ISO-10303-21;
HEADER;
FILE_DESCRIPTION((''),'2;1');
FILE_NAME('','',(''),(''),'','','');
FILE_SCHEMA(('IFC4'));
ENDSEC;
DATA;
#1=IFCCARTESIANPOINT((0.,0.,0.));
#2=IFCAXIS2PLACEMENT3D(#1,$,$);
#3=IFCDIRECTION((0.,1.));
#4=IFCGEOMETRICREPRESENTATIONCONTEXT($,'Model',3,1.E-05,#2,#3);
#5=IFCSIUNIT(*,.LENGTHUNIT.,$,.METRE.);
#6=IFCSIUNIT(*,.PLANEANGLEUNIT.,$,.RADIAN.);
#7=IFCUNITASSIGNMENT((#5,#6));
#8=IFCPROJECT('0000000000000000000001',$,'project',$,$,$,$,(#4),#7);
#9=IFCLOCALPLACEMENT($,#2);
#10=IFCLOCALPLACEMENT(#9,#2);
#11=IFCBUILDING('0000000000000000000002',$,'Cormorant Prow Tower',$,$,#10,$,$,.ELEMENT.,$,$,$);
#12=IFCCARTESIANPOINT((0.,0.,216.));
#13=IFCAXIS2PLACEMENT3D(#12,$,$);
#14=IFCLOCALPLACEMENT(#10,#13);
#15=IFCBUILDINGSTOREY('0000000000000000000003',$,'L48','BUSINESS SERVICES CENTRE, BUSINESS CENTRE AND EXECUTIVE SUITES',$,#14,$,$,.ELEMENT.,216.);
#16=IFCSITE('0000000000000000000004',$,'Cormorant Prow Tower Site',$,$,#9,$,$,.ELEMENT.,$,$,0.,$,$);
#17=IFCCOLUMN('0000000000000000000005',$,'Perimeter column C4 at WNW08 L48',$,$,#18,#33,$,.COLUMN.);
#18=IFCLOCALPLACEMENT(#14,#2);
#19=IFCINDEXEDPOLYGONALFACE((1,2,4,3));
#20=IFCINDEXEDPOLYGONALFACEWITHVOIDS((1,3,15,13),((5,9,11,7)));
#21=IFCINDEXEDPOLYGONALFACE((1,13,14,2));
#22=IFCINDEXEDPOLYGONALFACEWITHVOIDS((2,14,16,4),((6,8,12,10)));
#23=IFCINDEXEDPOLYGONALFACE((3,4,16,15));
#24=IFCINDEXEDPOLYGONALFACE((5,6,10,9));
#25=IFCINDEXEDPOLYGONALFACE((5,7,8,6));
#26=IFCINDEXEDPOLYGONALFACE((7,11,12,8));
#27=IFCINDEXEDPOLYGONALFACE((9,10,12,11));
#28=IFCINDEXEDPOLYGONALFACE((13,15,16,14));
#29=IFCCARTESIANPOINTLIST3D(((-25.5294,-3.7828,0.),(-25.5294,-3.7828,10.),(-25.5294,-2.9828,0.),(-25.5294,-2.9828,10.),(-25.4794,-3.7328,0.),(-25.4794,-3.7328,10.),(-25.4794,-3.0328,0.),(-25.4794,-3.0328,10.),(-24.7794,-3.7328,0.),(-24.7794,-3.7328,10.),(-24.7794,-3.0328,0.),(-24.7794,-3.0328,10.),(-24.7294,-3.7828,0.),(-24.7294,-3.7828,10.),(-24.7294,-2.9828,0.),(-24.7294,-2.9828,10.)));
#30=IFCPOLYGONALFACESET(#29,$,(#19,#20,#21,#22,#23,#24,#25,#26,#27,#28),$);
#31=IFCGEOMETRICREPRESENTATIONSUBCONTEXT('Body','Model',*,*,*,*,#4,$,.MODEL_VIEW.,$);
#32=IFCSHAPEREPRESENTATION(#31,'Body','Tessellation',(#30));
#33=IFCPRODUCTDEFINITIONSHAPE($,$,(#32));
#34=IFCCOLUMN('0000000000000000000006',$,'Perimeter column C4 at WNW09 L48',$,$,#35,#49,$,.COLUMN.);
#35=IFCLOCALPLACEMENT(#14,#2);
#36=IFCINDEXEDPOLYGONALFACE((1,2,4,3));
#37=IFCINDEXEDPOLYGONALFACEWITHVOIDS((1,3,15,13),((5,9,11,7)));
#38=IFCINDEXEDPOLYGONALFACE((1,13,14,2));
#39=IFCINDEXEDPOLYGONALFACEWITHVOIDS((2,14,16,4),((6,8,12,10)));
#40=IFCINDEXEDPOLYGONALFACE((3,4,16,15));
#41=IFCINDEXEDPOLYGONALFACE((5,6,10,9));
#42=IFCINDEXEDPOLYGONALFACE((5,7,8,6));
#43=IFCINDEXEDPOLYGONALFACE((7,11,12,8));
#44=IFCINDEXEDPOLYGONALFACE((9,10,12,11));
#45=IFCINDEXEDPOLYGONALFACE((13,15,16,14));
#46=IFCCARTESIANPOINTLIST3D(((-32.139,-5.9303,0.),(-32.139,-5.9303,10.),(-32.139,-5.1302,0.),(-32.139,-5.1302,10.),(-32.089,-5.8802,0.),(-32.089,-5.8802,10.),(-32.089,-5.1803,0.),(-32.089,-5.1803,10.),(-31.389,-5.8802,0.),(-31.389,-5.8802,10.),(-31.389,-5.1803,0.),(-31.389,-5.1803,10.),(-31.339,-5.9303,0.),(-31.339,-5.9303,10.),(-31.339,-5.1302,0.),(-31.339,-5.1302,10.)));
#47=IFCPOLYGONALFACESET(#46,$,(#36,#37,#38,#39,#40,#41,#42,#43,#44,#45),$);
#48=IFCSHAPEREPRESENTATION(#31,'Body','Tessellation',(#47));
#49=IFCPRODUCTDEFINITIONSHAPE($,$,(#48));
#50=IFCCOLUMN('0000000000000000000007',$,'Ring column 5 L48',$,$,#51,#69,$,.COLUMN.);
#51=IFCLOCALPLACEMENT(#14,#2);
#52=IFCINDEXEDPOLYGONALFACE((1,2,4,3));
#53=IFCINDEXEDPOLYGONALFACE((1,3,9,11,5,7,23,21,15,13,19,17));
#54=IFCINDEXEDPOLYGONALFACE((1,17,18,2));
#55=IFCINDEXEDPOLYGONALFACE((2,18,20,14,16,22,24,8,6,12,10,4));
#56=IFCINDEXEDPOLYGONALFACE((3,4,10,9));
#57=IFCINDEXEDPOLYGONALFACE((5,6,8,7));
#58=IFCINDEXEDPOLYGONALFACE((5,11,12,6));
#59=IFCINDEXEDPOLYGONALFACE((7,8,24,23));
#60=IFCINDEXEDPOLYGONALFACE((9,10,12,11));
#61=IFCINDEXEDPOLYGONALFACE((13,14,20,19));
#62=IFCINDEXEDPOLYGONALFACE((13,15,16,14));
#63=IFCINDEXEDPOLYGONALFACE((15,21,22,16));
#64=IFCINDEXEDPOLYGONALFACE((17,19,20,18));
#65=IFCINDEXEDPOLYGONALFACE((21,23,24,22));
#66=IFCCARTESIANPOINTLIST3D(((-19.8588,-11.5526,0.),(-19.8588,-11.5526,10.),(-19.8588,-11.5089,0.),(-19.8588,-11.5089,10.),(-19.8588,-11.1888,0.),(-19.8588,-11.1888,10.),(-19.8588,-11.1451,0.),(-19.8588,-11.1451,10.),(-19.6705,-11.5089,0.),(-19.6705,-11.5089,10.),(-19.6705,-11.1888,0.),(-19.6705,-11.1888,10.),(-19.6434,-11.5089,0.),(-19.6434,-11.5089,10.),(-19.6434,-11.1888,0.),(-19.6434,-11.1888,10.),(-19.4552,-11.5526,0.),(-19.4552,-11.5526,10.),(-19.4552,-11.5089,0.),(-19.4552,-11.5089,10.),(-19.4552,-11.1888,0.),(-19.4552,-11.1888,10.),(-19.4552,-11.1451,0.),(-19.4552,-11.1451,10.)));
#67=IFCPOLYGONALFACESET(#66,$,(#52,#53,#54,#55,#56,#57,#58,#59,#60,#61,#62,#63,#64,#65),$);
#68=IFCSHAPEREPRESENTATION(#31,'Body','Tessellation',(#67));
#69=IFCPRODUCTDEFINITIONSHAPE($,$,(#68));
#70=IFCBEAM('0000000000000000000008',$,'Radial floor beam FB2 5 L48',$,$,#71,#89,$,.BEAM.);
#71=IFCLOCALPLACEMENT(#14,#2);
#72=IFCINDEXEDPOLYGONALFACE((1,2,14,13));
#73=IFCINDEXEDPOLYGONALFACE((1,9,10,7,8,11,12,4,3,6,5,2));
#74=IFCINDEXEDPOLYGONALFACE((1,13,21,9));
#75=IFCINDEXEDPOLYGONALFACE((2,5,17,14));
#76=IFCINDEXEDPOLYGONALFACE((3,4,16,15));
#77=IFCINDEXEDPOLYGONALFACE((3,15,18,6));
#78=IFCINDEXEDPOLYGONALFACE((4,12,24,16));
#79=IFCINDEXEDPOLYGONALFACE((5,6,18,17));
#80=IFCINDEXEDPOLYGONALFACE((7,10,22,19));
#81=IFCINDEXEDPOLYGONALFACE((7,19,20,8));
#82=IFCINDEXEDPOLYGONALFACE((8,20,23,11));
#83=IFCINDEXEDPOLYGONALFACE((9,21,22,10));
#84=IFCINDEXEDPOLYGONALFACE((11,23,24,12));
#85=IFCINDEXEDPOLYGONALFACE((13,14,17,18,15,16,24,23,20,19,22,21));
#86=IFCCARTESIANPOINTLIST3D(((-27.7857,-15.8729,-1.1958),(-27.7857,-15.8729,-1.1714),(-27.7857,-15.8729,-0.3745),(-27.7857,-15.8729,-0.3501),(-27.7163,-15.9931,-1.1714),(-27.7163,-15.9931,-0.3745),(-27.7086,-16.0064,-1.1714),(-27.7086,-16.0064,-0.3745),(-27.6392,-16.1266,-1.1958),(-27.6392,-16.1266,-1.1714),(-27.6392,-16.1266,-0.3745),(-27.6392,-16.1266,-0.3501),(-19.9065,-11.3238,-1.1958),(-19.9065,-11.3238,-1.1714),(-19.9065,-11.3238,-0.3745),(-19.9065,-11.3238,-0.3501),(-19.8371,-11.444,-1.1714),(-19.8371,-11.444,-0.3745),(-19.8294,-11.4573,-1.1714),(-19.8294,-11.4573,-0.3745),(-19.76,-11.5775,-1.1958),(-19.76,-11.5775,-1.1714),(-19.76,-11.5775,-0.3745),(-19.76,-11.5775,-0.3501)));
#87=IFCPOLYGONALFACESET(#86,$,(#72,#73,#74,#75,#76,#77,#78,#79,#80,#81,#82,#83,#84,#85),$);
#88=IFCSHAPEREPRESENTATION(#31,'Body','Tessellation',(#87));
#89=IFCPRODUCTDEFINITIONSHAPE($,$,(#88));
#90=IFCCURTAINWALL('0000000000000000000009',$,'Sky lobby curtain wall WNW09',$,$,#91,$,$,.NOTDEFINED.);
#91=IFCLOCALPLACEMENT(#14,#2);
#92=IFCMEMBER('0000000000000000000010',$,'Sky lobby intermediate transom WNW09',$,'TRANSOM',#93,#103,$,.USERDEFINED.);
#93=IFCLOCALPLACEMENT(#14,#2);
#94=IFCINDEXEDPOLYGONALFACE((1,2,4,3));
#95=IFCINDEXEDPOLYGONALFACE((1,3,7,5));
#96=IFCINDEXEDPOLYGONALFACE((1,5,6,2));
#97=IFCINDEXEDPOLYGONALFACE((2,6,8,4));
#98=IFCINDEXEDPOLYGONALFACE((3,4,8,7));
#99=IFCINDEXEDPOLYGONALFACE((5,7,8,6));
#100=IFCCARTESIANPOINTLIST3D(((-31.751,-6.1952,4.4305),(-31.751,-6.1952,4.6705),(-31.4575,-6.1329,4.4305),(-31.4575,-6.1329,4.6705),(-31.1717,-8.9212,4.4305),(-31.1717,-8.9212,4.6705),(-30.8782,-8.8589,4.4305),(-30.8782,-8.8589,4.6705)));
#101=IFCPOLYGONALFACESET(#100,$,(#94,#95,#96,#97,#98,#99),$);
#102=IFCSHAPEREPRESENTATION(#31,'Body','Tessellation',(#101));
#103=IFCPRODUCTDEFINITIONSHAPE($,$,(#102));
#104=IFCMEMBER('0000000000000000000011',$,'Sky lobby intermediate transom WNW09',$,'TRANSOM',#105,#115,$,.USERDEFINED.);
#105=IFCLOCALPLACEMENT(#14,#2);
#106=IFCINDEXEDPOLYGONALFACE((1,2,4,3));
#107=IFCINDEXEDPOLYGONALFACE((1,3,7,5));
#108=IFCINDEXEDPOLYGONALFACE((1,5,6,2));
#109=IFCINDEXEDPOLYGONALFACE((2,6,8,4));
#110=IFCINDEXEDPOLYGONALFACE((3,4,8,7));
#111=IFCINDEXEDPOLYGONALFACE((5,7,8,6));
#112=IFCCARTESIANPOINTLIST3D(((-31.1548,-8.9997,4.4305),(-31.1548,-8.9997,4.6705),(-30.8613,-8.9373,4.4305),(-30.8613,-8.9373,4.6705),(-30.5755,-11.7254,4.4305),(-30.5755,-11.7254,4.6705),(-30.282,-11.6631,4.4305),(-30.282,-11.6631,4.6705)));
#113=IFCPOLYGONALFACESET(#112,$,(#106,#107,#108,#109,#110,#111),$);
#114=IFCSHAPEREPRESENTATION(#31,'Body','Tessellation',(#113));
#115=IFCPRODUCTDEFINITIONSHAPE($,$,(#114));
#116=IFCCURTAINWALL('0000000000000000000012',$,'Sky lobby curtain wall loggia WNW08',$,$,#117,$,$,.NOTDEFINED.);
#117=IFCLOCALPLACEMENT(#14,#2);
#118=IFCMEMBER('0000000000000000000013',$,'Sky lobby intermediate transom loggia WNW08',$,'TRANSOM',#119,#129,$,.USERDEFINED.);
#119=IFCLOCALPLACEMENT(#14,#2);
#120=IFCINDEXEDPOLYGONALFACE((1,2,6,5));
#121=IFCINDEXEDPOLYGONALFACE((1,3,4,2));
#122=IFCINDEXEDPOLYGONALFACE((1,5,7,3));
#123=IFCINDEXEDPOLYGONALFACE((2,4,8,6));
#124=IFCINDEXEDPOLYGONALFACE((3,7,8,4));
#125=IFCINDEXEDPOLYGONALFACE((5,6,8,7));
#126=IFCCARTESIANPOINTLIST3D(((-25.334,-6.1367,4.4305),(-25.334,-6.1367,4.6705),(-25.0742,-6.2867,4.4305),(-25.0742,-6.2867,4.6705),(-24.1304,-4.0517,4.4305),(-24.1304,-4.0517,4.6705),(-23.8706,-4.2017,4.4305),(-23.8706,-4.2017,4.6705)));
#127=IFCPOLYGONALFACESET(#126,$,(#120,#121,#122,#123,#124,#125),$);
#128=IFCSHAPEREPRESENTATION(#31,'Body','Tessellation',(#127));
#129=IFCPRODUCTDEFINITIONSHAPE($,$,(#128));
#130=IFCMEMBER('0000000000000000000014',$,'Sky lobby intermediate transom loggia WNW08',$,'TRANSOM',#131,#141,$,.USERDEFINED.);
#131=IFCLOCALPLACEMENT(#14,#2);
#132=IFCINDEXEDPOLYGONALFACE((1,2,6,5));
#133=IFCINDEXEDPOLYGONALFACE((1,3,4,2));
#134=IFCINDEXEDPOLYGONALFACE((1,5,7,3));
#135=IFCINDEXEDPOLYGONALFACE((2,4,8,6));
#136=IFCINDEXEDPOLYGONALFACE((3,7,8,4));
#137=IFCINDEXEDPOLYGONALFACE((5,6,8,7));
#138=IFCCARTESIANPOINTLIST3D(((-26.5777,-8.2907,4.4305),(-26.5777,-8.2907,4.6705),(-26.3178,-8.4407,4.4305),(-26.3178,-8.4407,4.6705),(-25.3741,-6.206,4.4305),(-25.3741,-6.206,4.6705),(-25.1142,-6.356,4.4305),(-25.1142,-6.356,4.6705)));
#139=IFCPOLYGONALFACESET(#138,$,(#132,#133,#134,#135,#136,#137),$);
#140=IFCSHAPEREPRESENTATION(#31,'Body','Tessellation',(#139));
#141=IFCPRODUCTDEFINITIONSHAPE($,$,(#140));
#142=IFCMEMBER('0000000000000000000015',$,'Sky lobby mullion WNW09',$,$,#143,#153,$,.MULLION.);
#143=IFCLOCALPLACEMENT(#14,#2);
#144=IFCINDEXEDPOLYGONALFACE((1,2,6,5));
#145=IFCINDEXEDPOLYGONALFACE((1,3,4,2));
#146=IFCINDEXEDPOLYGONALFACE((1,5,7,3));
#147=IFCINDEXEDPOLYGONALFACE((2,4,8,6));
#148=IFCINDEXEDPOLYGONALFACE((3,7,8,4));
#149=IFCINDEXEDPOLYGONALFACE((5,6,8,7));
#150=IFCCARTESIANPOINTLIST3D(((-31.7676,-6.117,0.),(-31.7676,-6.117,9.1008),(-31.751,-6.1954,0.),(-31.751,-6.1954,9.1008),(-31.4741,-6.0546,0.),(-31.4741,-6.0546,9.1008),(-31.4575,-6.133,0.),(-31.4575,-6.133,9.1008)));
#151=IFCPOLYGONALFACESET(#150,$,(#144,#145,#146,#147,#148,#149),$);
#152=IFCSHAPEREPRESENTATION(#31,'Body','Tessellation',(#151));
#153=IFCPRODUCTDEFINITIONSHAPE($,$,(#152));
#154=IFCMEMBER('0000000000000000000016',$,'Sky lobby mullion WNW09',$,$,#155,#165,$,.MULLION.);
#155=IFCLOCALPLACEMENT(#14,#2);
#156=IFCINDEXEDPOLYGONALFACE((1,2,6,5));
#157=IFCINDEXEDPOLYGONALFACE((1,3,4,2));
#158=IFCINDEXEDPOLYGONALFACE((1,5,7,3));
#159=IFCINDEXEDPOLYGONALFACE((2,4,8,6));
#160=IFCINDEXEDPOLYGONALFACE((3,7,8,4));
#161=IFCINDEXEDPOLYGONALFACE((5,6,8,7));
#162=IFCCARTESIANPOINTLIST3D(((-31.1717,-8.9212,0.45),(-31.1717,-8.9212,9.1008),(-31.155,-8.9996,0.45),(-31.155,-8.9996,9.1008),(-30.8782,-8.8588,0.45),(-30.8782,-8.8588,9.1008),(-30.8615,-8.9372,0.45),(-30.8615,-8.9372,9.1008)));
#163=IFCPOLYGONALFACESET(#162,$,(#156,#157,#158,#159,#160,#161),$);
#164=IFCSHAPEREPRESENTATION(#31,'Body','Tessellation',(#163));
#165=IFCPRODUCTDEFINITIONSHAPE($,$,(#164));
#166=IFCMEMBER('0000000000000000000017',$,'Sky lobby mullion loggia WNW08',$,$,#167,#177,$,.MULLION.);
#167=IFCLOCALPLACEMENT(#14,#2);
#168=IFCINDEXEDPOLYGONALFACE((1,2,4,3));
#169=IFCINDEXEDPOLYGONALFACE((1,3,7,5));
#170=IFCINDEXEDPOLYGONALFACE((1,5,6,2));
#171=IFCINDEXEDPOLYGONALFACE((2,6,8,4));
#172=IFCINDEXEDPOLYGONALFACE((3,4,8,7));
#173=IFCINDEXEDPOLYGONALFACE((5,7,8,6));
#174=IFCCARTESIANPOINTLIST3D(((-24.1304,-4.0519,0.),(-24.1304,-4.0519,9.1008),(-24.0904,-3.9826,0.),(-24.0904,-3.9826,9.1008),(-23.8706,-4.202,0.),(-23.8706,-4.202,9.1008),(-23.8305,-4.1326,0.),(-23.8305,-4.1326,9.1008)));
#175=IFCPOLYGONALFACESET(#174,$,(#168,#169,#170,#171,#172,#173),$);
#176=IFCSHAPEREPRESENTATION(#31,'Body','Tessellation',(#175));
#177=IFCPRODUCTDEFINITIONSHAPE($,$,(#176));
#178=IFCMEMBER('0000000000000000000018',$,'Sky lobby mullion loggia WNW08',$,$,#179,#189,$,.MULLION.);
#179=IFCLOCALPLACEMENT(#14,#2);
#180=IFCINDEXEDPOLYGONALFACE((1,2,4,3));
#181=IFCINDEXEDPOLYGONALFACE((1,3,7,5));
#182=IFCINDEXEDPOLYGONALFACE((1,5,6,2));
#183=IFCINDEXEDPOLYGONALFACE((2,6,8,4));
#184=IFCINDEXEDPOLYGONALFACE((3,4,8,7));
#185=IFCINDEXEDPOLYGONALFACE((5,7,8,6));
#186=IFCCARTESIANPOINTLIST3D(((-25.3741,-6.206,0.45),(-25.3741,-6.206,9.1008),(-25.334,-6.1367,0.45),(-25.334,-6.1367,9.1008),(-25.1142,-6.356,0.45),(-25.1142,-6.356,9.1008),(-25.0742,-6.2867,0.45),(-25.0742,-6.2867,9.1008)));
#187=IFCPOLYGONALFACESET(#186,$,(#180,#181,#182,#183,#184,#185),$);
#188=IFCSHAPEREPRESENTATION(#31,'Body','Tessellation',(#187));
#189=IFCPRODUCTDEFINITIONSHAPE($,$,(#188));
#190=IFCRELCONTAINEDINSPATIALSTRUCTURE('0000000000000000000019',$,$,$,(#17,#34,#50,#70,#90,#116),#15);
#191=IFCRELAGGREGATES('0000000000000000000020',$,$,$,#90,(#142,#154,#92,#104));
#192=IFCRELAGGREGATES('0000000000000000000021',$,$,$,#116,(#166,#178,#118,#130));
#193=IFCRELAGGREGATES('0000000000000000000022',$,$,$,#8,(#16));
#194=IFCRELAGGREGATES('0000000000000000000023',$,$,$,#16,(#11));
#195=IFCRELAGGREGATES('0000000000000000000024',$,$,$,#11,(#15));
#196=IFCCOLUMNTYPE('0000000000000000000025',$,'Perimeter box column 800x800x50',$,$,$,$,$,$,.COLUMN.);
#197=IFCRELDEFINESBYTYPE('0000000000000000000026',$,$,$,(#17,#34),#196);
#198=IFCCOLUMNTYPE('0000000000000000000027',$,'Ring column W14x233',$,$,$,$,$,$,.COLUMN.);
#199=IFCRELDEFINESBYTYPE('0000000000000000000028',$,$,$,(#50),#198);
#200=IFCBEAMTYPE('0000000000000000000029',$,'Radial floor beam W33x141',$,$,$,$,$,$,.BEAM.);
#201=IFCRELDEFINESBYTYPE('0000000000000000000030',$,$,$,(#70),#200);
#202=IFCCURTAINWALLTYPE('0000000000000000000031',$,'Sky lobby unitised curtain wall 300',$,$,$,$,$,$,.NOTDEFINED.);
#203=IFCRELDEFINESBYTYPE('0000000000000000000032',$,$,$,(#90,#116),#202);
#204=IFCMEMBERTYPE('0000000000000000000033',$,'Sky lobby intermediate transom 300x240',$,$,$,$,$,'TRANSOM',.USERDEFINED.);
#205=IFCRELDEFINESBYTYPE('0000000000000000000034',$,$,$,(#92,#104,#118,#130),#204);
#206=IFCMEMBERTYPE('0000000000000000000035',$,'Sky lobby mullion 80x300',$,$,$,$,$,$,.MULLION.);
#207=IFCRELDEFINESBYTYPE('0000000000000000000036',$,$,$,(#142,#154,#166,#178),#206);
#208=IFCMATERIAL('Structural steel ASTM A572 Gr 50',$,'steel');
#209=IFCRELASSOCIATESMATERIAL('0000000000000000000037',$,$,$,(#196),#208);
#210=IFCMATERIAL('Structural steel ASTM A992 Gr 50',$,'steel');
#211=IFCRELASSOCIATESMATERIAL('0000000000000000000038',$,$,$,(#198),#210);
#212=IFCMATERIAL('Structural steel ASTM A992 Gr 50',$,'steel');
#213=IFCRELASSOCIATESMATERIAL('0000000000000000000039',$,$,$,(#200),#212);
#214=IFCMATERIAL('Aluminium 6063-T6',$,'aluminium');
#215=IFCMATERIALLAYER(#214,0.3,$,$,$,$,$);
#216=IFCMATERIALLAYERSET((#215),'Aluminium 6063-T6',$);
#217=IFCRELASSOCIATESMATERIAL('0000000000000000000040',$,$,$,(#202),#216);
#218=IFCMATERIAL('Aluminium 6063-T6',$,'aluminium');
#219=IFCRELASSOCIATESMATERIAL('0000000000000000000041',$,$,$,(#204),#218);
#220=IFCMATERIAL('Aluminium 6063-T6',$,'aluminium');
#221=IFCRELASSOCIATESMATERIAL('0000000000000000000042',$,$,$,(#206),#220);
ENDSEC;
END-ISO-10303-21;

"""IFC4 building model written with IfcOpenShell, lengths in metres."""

from ifc_helpers import new_model, si_unit, direction, frame, origin, origin_2d, place, context, subcontext, project, spatial, rectangle, hollow_rectangle, i_section, extrude, material, layer, layer_set, material_profile, profile_set, type_object, element, aggregate, save


model = new_model("IFC4")

# Units and contexts
model_context = context("Model", 3, precision=1e-05, world=origin(), true_north=direction((0.0, 1.0)))
body_context = subcontext(model_context, "Body", "Model", "MODEL_VIEW")
ifc_project = project(units=[si_unit("LENGTHUNIT", "METRE"), si_unit("PLANEANGLEUNIT", "RADIAN")], contexts=[model_context])

# Site, building, storey
site_placement = place(None, origin())
site = spatial("IfcSite", under=ifc_project, at=site_placement, Name="Cormorant Prow Tower Site", CompositionType="ELEMENT", RefElevation=0.0)
building_placement = place(site_placement, origin())
building = spatial("IfcBuilding", under=site, at=building_placement, Name="Cormorant Prow Tower", CompositionType="ELEMENT")
storey_placement = place(building_placement, frame((0.0, 0.0, 216.0)))
storey = spatial("IfcBuildingStorey", under=building, at=storey_placement, Name="L48", Description="BUSINESS SERVICES CENTRE, BUSINESS CENTRE AND EXECUTIVE SUITES", CompositionType="ELEMENT", Elevation=216.0)

# Columns
ifc_material_1 = material(Name="Structural steel ASTM A572 Gr 50", Category="steel")
ifc_material_profile_1 = material_profile(ifc_material_1, hollow_rectangle(XDim=0.8, YDim=0.8, WallThickness=0.05, at=origin_2d()), Name="Box 800x800x50")
ifc_profile_set_1 = profile_set([ifc_material_profile_1], Name="Structural steel ASTM A572 Gr 50")
column_type_1 = type_object("IfcColumnType", Name="Perimeter box column 800x800x50", PredefinedType="COLUMN", material=ifc_profile_set_1)
for number, where, z_axis, x_axis, name in (
    (1, (-25.1294, -3.3828, 0.0), (0.0, 0.0, 1.0), (1.0, 0.0, 0.0), "Perimeter column C4 at WNW08 L48"),
    (2, (-31.739, -5.5303, 0.0), (0.0, 0.0, 1.0), (1.0, 0.0, 0.0), "Perimeter column C4 at WNW09 L48"),
):
    element("IfcColumn", number, at=place(storey_placement, frame(where, z_axis=z_axis, x_axis=x_axis)), inside=storey, type_object=column_type_1, Name=name, PredefinedType="COLUMN", context=body_context, shape_type="SweptSolid", body=[
        extrude(hollow_rectangle(XDim=0.8, YDim=0.8, WallThickness=0.05, at=origin_2d()), origin(), (0.0, 0.0, 1.0), 10.0),
    ])
ifc_material_2 = material(Name="Structural steel ASTM A992 Gr 50", Category="steel")
ifc_material_profile_2 = material_profile(ifc_material_2, i_section(OverallWidth=0.4036, OverallDepth=0.4075, WebThickness=0.0271, FlangeThickness=0.0437, at=origin_2d()), Name="W14x233")
ifc_profile_set_2 = profile_set([ifc_material_profile_2], Name="Structural steel ASTM A992 Gr 50")
column_type_2 = type_object("IfcColumnType", Name="Ring column W14x233", PredefinedType="COLUMN", material=ifc_profile_set_2)
column_placement = place(storey_placement, frame((-19.657, -11.3489, 0.0), z_axis=(0.0, 0.0, 1.0), x_axis=(1.0, 0.0, 0.0)))
element("IfcColumn", 3, at=column_placement, inside=storey, type_object=column_type_2, Name="Ring column 5 L48", PredefinedType="COLUMN", context=body_context, shape_type="SweptSolid", body=[
    extrude(i_section(OverallWidth=0.4036, OverallDepth=0.4075, WebThickness=0.0271, FlangeThickness=0.0437, at=origin_2d()), origin(), (0.0, 0.0, 1.0), 10.0),
])

# Beam
ifc_material_3 = material(Name="Structural steel ASTM A992 Gr 50", Category="steel")
ifc_material_profile_3 = material_profile(ifc_material_3, i_section(OverallWidth=0.293, OverallDepth=0.8457, WebThickness=0.0154, FlangeThickness=0.0244, at=origin_2d()), Name="W33x141")
ifc_profile_set_3 = profile_set([ifc_material_profile_3], Name="Structural steel ASTM A992 Gr 50")
beam_type_1 = type_object("IfcBeamType", Name="Radial floor beam W33x141", PredefinedType="BEAM", material=ifc_profile_set_3)
beam_1_placement = place(storey_placement, frame((-19.8333, -11.4507, -0.7729), z_axis=(-0.866023, -0.500004, 0.0), x_axis=(0.500004, -0.866023, 0.0)))
element("IfcBeam", 4, at=beam_1_placement, inside=storey, type_object=beam_type_1, Name="Radial floor beam FB2 5 L48", PredefinedType="BEAM", context=body_context, shape_type="SweptSolid", body=[
    extrude(i_section(OverallWidth=0.293, OverallDepth=0.8457, WebThickness=0.0154, FlangeThickness=0.0244, at=origin_2d()), origin(), (0.0, 0.0, 1.0), 9.0981),
])

# Curtain walls, members
ifc_material_4 = material(Name="Aluminium 6063-T6", Category="aluminium")
ifc_layer_1 = layer(ifc_material_4, 0.3)
ifc_layer_set_1 = layer_set([ifc_layer_1], Name="Aluminium 6063-T6")
curtain_wall_type = type_object("IfcCurtainWallType", Name="Sky lobby unitised curtain wall 300", PredefinedType="NOTDEFINED", material=ifc_layer_set_1)
curtain_wall_1_placement = place(storey_placement, origin())
curtain_wall_1 = element("IfcCurtainWall", 5, at=curtain_wall_1_placement, inside=storey, type_object=curtain_wall_type, Name="Sky lobby curtain wall WNW09", PredefinedType="NOTDEFINED")
ifc_material_5 = material(Name="Aluminium 6063-T6", Category="aluminium")
ifc_material_profile_4 = material_profile(ifc_material_5, rectangle(XDim=0.3, YDim=0.24, at=origin_2d()), Name="Sky lobby intermediate transom 300x240")
ifc_profile_set_4 = profile_set([ifc_material_profile_4], Name="Aluminium 6063-T6")
member_type_1 = type_object("IfcMemberType", Name="Sky lobby intermediate transom 300x240", ElementType="TRANSOM", PredefinedType="USERDEFINED", material=ifc_profile_set_4)
member_1_placement = place(storey_placement, frame((-31.6042, -6.1641, 4.5505), z_axis=(0.207878, -0.978155, 0.0), x_axis=(0.978155, 0.207878, 0.0)))
member_1 = element("IfcMember", 6, at=member_1_placement, type_object=member_type_1, Name="Sky lobby intermediate transom WNW09", ObjectType="TRANSOM", PredefinedType="USERDEFINED", context=body_context, shape_type="SweptSolid", body=[
    extrude(rectangle(XDim=0.3, YDim=0.24, at=origin_2d()), origin(), (0.0, 0.0, 1.0), 2.7869),
])
member_2_placement = place(storey_placement, frame((-31.0081, -8.9685, 4.5505), z_axis=(0.207895, -0.978151, 0.0), x_axis=(0.978151, 0.207895, 0.0)))
member_2 = element("IfcMember", 7, at=member_2_placement, type_object=member_type_1, Name="Sky lobby intermediate transom WNW09", ObjectType="TRANSOM", PredefinedType="USERDEFINED", context=body_context, shape_type="SweptSolid", body=[
    extrude(rectangle(XDim=0.3, YDim=0.24, at=origin_2d()), origin(), (0.0, 0.0, 1.0), 2.7866),
])
curtain_wall_2_placement = place(storey_placement, origin())
curtain_wall_2 = element("IfcCurtainWall", 8, at=curtain_wall_2_placement, inside=storey, type_object=curtain_wall_type, Name="Sky lobby curtain wall loggia WNW08", PredefinedType="NOTDEFINED")
member_3_placement = place(storey_placement, frame((-24.0005, -4.1267, 4.5505), z_axis=(-0.499957, -0.86605, 0.0), x_axis=(0.86605, -0.499957, 0.0)))
member_3 = element("IfcMember", 9, at=member_3_placement, type_object=member_type_1, Name="Sky lobby intermediate transom loggia WNW08", ObjectType="TRANSOM", PredefinedType="USERDEFINED", context=body_context, shape_type="SweptSolid", body=[
    extrude(rectangle(XDim=0.3, YDim=0.24, at=origin_2d()), origin(), (0.0, 0.0, 1.0), 2.4075),
])
member_4_placement = place(storey_placement, frame((-25.2441, -6.281, 4.5505), z_axis=(-0.5, -0.866025, 0.0), x_axis=(0.866025, -0.5, 0.0)))
member_4 = element("IfcMember", 10, at=member_4_placement, type_object=member_type_1, Name="Sky lobby intermediate transom loggia WNW08", ObjectType="TRANSOM", PredefinedType="USERDEFINED", context=body_context, shape_type="SweptSolid", body=[
    extrude(rectangle(XDim=0.3, YDim=0.24, at=origin_2d()), origin(), (0.0, 0.0, 1.0), 2.4072),
])

# Members
ifc_material_6 = material(Name="Aluminium 6063-T6", Category="aluminium")
ifc_material_profile_5 = material_profile(ifc_material_6, rectangle(XDim=0.3, YDim=0.0801, at=origin_2d()), Name="Sky lobby mullion 80x300")
ifc_profile_set_5 = profile_set([ifc_material_profile_5], Name="Aluminium 6063-T6")
member_type_2 = type_object("IfcMemberType", Name="Sky lobby mullion 80x300", PredefinedType="MULLION", material=ifc_profile_set_5)
member_5_placement = place(storey_placement, frame((-31.6125, -6.125, 0.0), z_axis=(0.0, 0.0, 1.0), x_axis=(0.978148, 0.207912, 0.0)))
member_5 = element("IfcMember", 11, at=member_5_placement, type_object=member_type_2, Name="Sky lobby mullion WNW09", PredefinedType="MULLION", context=body_context, shape_type="SweptSolid", body=[
    extrude(rectangle(XDim=0.3, YDim=0.0801, at=origin_2d()), origin(), (0.0, 0.0, 1.0), 9.1008),
])
member_6_placement = place(storey_placement, frame((-31.0166, -8.9292, 0.45), z_axis=(0.0, 0.0, 1.0), x_axis=(0.978148, 0.207912, 0.0)))
member_6 = element("IfcMember", 12, at=member_6_placement, type_object=member_type_2, Name="Sky lobby mullion WNW09", PredefinedType="MULLION", context=body_context, shape_type="SweptSolid", body=[
    extrude(rectangle(XDim=0.3, YDim=0.0801, at=origin_2d()), origin(), (0.0, 0.0, 1.0), 8.6509),
])
member_7_placement = place(storey_placement, frame((-23.9805, -4.0923, 0.0), z_axis=(0.0, 0.0, 1.0), x_axis=(0.866025, -0.5, 0.0)))
member_7 = element("IfcMember", 13, at=member_7_placement, type_object=member_type_2, Name="Sky lobby mullion loggia WNW08", PredefinedType="MULLION", context=body_context, shape_type="SweptSolid", body=[
    extrude(rectangle(XDim=0.3, YDim=0.0801, at=origin_2d()), origin(), (0.0, 0.0, 1.0), 9.1008),
])
member_8_placement = place(storey_placement, frame((-25.2241, -6.2463, 0.45), z_axis=(0.0, 0.0, 1.0), x_axis=(0.866025, -0.5, 0.0)))
member_8 = element("IfcMember", 14, at=member_8_placement, type_object=member_type_2, Name="Sky lobby mullion loggia WNW08", PredefinedType="MULLION", context=body_context, shape_type="SweptSolid", body=[
    extrude(rectangle(XDim=0.3, YDim=0.0801, at=origin_2d()), origin(), (0.0, 0.0, 1.0), 8.6509),
])

aggregate(curtain_wall_1, [member_5, member_6, member_1, member_2])
aggregate(curtain_wall_2, [member_7, member_8, member_3, member_4])

save(model, "model.ifc")
